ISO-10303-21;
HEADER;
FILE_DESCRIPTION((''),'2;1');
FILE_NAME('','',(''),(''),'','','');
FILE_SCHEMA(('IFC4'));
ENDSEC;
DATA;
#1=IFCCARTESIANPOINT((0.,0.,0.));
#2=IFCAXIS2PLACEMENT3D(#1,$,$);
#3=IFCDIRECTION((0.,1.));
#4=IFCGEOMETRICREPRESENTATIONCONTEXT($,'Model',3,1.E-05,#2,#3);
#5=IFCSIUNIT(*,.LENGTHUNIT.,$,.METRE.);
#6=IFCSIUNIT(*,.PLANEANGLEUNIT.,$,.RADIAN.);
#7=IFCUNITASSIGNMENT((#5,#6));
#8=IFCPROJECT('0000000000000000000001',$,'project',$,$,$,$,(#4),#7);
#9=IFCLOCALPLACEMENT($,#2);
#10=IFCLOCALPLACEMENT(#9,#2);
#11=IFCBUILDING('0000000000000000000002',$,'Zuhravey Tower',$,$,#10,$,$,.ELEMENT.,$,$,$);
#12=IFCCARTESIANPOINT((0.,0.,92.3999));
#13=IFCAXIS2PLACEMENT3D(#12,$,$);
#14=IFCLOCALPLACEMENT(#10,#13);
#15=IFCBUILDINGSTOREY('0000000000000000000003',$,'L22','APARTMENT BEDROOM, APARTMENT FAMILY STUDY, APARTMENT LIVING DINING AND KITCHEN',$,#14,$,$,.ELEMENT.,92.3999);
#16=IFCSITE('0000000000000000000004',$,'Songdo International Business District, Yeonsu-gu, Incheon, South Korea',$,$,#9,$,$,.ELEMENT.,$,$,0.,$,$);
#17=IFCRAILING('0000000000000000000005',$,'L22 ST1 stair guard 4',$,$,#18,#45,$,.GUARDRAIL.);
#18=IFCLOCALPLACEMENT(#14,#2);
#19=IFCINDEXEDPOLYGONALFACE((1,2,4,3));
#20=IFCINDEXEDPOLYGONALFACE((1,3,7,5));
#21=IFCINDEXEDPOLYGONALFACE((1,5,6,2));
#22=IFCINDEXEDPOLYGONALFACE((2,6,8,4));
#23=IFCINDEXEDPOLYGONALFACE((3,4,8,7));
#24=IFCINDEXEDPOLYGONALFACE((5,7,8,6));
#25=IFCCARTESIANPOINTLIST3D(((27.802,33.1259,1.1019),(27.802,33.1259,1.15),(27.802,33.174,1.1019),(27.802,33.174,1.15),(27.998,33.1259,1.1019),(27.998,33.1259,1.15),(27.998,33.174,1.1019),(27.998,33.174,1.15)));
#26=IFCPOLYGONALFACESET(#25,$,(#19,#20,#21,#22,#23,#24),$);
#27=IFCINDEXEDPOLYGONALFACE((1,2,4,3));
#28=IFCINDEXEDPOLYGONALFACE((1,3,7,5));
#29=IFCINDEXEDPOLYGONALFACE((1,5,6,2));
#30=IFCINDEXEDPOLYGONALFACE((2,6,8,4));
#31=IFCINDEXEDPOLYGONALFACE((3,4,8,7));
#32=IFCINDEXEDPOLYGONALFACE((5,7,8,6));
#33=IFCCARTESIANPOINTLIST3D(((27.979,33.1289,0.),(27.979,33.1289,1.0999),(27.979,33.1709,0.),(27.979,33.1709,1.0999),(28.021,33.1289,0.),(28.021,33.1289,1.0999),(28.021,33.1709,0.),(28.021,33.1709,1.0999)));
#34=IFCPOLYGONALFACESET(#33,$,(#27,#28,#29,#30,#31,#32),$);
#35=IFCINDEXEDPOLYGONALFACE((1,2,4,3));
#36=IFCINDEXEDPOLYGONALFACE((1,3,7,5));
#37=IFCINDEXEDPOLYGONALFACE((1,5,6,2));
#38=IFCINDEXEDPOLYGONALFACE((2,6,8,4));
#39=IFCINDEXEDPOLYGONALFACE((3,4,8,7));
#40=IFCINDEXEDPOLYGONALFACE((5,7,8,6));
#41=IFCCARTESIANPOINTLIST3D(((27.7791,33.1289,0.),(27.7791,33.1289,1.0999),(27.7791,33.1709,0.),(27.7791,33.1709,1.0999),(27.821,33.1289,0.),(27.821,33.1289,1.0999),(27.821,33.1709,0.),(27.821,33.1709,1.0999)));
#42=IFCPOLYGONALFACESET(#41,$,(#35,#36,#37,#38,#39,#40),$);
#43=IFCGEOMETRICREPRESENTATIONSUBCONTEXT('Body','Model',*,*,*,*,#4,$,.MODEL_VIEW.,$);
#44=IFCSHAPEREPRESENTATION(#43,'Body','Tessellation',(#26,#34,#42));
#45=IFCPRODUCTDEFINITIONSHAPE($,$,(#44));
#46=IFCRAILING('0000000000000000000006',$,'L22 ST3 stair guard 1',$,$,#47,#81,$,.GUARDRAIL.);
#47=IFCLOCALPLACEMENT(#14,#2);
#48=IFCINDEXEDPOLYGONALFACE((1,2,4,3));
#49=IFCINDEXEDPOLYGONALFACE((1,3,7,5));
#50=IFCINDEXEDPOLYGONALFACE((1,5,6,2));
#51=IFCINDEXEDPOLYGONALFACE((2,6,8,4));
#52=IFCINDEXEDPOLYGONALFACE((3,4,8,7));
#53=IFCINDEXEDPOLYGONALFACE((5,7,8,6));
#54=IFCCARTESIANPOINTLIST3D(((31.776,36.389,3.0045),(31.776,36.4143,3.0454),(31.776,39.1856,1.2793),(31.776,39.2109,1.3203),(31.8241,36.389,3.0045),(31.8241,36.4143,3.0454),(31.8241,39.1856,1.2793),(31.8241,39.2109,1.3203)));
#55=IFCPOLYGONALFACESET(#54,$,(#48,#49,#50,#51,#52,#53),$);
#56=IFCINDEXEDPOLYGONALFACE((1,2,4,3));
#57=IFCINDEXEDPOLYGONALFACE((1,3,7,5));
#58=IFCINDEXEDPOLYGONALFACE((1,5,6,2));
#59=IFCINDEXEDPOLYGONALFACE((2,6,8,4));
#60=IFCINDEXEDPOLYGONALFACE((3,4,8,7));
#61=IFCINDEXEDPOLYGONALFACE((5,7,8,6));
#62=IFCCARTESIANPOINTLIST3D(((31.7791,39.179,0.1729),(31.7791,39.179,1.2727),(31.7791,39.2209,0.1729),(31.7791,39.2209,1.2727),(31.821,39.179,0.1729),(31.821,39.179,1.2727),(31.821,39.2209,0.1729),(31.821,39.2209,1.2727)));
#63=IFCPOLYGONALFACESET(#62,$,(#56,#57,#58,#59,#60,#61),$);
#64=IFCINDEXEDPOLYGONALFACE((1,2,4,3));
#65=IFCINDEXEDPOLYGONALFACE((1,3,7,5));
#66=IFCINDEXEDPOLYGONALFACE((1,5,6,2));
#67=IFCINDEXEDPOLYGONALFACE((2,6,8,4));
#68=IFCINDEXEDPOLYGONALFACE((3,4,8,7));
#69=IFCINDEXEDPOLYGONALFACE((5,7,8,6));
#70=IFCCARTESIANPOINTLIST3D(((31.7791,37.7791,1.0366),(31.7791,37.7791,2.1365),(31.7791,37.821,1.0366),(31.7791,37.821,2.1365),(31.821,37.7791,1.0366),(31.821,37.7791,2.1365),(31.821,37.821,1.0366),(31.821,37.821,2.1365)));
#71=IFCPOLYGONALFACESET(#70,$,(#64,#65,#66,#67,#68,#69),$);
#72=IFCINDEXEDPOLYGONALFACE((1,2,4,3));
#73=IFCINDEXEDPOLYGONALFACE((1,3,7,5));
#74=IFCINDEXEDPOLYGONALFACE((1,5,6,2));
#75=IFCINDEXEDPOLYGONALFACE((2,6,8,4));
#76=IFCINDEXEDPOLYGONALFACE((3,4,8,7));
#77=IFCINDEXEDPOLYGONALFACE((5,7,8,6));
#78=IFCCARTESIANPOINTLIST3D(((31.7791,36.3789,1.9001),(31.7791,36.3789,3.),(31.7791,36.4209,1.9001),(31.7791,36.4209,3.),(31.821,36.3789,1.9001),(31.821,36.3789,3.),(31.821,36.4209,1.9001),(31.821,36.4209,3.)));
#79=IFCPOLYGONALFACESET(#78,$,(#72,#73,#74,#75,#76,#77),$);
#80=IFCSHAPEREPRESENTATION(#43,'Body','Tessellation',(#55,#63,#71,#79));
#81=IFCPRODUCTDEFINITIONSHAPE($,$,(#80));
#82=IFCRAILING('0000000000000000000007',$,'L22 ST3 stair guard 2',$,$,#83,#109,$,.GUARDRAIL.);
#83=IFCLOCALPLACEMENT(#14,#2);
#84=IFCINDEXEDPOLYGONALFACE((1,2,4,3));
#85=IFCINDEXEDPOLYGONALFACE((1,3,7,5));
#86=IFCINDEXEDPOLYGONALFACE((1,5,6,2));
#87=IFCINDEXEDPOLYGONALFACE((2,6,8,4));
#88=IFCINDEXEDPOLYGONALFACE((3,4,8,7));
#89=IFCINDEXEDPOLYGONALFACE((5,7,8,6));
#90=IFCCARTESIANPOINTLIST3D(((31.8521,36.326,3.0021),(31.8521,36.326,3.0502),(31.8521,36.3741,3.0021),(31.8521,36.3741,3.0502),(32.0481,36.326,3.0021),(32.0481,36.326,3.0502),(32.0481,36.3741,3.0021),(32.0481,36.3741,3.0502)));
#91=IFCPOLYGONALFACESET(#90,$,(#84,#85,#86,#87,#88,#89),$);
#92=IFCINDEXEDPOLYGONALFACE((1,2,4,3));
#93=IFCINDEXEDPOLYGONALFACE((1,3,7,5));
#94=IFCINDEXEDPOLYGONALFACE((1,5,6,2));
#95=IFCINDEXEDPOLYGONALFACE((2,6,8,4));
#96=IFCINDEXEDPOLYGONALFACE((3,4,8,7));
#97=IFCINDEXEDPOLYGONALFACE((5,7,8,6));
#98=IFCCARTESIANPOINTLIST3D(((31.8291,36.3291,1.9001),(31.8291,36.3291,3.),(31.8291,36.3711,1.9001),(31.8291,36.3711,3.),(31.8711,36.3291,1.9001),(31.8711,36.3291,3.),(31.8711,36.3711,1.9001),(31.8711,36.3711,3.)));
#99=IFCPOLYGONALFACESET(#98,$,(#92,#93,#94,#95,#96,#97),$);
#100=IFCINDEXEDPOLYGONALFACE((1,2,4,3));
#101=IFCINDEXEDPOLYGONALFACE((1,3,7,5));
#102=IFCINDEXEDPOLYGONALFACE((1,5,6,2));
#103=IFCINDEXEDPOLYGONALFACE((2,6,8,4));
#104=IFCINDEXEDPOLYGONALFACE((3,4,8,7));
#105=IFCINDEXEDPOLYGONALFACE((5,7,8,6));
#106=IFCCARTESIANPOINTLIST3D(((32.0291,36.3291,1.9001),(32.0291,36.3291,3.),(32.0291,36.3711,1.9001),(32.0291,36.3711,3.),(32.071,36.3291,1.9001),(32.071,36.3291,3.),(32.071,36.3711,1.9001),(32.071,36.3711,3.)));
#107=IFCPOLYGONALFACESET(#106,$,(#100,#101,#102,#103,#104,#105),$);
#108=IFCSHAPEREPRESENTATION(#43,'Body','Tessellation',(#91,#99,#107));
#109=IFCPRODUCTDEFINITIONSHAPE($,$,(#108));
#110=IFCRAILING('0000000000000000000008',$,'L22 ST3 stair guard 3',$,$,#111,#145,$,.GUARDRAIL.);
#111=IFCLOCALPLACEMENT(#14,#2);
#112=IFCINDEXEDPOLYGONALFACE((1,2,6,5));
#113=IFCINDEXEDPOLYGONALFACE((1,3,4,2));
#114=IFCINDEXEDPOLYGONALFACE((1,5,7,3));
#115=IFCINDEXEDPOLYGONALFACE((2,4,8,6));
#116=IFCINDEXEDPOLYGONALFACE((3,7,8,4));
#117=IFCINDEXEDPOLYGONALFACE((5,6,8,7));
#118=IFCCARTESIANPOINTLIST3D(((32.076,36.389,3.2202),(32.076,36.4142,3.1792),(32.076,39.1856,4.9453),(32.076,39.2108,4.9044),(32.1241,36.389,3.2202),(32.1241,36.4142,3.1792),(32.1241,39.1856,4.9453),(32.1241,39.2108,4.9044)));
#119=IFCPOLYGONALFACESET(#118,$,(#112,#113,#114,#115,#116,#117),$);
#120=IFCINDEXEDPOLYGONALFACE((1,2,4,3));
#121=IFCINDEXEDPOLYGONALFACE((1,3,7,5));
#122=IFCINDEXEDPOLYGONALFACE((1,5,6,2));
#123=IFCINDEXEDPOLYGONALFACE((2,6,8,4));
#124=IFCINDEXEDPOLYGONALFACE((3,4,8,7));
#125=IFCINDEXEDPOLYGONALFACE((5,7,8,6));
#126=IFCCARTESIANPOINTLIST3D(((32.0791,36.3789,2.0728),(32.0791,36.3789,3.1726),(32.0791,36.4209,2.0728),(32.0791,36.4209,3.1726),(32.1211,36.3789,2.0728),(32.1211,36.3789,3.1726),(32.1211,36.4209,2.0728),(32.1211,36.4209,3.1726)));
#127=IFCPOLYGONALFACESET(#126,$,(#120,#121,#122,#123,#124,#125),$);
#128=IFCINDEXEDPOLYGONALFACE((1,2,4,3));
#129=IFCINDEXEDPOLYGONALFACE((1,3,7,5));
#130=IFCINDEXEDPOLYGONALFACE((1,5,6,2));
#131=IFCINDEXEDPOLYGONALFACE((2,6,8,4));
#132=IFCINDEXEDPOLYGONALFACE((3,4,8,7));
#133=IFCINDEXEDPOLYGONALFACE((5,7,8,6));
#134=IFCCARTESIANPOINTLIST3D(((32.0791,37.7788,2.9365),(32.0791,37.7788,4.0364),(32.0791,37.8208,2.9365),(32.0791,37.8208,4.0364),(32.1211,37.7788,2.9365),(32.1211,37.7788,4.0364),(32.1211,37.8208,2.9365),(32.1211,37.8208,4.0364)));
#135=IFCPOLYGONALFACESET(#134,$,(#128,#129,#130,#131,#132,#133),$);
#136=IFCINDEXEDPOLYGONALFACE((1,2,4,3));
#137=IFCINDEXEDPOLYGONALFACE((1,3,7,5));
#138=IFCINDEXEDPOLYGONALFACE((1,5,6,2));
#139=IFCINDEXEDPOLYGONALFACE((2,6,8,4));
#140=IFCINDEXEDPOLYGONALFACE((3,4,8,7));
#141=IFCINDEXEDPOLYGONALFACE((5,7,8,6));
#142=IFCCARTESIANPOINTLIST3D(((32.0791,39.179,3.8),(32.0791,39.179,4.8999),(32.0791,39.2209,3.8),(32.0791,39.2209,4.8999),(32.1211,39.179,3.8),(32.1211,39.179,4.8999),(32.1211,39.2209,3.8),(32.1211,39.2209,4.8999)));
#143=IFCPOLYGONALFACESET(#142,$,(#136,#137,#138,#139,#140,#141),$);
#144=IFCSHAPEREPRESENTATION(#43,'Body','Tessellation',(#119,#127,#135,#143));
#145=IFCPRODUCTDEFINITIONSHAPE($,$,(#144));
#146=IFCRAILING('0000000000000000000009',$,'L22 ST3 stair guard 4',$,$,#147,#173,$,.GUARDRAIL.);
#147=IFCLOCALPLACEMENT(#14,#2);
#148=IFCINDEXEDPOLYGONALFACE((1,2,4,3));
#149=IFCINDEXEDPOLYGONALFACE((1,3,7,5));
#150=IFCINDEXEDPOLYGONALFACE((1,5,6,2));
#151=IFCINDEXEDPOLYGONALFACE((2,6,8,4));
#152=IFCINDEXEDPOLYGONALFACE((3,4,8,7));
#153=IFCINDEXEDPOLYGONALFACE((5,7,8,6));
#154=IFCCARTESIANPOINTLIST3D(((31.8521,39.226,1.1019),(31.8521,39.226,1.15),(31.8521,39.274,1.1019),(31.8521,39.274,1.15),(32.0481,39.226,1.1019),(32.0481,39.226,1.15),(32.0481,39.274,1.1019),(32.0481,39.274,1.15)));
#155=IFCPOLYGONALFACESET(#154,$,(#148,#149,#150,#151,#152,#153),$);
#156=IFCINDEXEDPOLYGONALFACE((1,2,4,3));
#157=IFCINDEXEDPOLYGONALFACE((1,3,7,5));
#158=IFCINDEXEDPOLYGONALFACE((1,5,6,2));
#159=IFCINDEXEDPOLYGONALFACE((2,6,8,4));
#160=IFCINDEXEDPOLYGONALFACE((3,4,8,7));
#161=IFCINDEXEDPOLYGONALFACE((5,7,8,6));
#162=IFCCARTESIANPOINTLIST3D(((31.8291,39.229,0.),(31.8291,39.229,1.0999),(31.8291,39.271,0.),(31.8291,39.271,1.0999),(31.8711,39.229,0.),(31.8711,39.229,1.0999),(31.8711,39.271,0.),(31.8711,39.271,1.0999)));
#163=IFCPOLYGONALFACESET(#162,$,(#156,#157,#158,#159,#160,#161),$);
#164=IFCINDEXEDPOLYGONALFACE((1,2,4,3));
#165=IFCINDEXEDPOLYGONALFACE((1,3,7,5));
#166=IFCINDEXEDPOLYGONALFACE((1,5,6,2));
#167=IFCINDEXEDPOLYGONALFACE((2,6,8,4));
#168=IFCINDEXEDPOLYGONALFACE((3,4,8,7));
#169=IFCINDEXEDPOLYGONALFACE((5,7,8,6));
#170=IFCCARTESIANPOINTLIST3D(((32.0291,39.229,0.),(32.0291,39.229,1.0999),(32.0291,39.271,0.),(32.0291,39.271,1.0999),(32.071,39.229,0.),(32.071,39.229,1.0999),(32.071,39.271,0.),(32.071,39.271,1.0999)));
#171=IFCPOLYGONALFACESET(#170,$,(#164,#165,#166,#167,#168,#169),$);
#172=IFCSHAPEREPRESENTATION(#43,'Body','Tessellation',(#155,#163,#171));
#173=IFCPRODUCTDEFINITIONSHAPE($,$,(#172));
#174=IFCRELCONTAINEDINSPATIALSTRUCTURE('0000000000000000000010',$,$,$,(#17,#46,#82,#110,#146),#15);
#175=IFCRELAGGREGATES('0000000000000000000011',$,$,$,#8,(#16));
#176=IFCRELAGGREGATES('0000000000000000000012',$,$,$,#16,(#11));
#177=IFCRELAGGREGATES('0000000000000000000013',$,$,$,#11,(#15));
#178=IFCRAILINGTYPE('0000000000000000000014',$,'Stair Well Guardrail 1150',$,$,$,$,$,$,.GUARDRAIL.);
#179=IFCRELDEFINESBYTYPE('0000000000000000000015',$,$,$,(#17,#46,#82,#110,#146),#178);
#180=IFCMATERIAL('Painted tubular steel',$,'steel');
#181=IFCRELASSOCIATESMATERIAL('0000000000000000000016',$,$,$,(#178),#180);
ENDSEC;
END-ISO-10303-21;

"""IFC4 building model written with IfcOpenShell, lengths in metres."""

from ifc_helpers import new_model, si_unit, direction, frame, origin, origin_2d, place, context, subcontext, project, spatial, rectangle, extrude, material, type_object, element, save


model = new_model("IFC4")

# Units and contexts
model_context = context("Model", 3, precision=1e-05, world=origin(), true_north=direction((0.0, 1.0)))
body_context = subcontext(model_context, "Body", "Model", "MODEL_VIEW")
ifc_project = project(units=[si_unit("LENGTHUNIT", "METRE"), si_unit("PLANEANGLEUNIT", "RADIAN")], contexts=[model_context])

# Site, building, storey
site_placement = place(None, origin())
site = spatial("IfcSite", under=ifc_project, at=site_placement, Name="Songdo International Business District, Yeonsu-gu, Incheon, South Korea", CompositionType="ELEMENT", RefElevation=0.0)
building_placement = place(site_placement, origin())
building = spatial("IfcBuilding", under=site, at=building_placement, Name="Zuhravey Tower", CompositionType="ELEMENT")
storey_placement = place(building_placement, frame((0.0, 0.0, 92.3999)))
storey = spatial("IfcBuildingStorey", under=building, at=storey_placement, Name="L22", Description="APARTMENT BEDROOM, APARTMENT FAMILY STUDY, APARTMENT LIVING DINING AND KITCHEN", CompositionType="ELEMENT", Elevation=92.3999)

# Railings
ifc_material_1 = material(Name="Painted tubular steel", Category="steel")
railing_type_1 = type_object("IfcRailingType", Name="Stair Well Guardrail 1150", PredefinedType="GUARDRAIL", material=ifc_material_1)
railing_1_placement = place(storey_placement, frame((28.0, 33.1499, 0.0)))
element("IfcRailing", 1, at=railing_1_placement, inside=storey, type_object=railing_type_1, Name="L22 ST1 stair guard 4", PredefinedType="GUARDRAIL", context=body_context, shape_type="SweptSolid", body=[
    extrude(rectangle(XDim=0.0481, YDim=0.0481, at=origin_2d()), frame((-0.002, 0.0, 1.126), z_axis=(-1.0, 0.0, 0.0), x_axis=(0.0, -1.0, 0.0)), (0.0, 0.0, 1.0), 0.196),
    extrude(rectangle(XDim=0.042, YDim=0.042, at=origin_2d()), origin(), (0.0, 0.0, 1.0), 1.0999),
    extrude(rectangle(XDim=0.042, YDim=0.042, at=origin_2d()), frame((-0.2, 0.0, 0.0)), (0.0, 0.0, 1.0), 1.0999),
])
railing_2_placement = place(storey_placement, frame((31.8, 39.2, 0.1729)))
element("IfcRailing", 2, at=railing_2_placement, inside=storey, type_object=railing_type_1, Name="L22 ST3 stair guard 1", PredefinedType="GUARDRAIL", context=body_context, shape_type="SweptSolid", body=[
    extrude(rectangle(XDim=0.0481, YDim=0.0481, at=origin_2d()), frame((0.0, -0.0017, 1.127), z_axis=(0.0, -0.85109, 0.52502), x_axis=(1.0, 0.0, 0.0)), (0.0, 0.0, 1.0), 3.2859),
    extrude(rectangle(XDim=0.042, YDim=0.042, at=origin_2d()), origin(), (0.0, 0.0, 1.0), 1.0999),
    extrude(rectangle(XDim=0.042, YDim=0.042, at=origin_2d()), frame((0.0, -1.3999, 0.8638)), (0.0, 0.0, 1.0), 1.0999),
    extrude(rectangle(XDim=0.042, YDim=0.042, at=origin_2d()), frame((0.0, -2.8, 1.7273)), (0.0, 0.0, 1.0), 1.0999),
])
railing_3_placement = place(storey_placement, frame((31.8501, 36.3501, 1.9001)))
element("IfcRailing", 3, at=railing_3_placement, inside=storey, type_object=railing_type_1, Name="L22 ST3 stair guard 2", PredefinedType="GUARDRAIL", context=body_context, shape_type="SweptSolid", body=[
    extrude(rectangle(XDim=0.0481, YDim=0.0481, at=origin_2d()), frame((0.002, 0.0, 1.126), z_axis=(1.0, 0.0, 0.0), x_axis=(0.0, 1.0, 0.0)), (0.0, 0.0, 1.0), 0.196),
    extrude(rectangle(XDim=0.042, YDim=0.042, at=origin_2d()), origin(), (0.0, 0.0, 1.0), 1.0999),
    extrude(rectangle(XDim=0.042, YDim=0.042, at=origin_2d()), frame((0.2, 0.0, 0.0)), (0.0, 0.0, 1.0), 1.0999),
])
railing_4_placement = place(storey_placement, frame((32.1001, 36.3999, 2.0728)))
element("IfcRailing", 4, at=railing_4_placement, inside=storey, type_object=railing_type_1, Name="L22 ST3 stair guard 3", PredefinedType="GUARDRAIL", context=body_context, shape_type="SweptSolid", body=[
    extrude(rectangle(XDim=0.0481, YDim=0.0481, at=origin_2d()), frame((0.0, 0.0017, 1.127), z_axis=(0.0, 0.85109, 0.52502), x_axis=(-1.0, 0.0, 0.0)), (0.0, 0.0, 1.0), 3.2859),
    extrude(rectangle(XDim=0.042, YDim=0.042, at=origin_2d()), origin(), (0.0, 0.0, 1.0), 1.0999),
    extrude(rectangle(XDim=0.042, YDim=0.042, at=origin_2d()), frame((0.0, 1.3999, 0.8638)), (0.0, 0.0, 1.0), 1.0999),
    extrude(rectangle(XDim=0.042, YDim=0.042, at=origin_2d()), frame((0.0, 2.8, 1.7273)), (0.0, 0.0, 1.0), 1.0999),
])
railing_5_placement = place(storey_placement, frame((31.8501, 39.25, 0.0)))
element("IfcRailing", 5, at=railing_5_placement, inside=storey, type_object=railing_type_1, Name="L22 ST3 stair guard 4", PredefinedType="GUARDRAIL", context=body_context, shape_type="SweptSolid", body=[
    extrude(rectangle(XDim=0.0481, YDim=0.0481, at=origin_2d()), frame((0.002, 0.0, 1.126), z_axis=(1.0, 0.0, 0.0), x_axis=(0.0, 1.0, 0.0)), (0.0, 0.0, 1.0), 0.196),
    extrude(rectangle(XDim=0.042, YDim=0.042, at=origin_2d()), origin(), (0.0, 0.0, 1.0), 1.0999),
    extrude(rectangle(XDim=0.042, YDim=0.042, at=origin_2d()), frame((0.2, 0.0, 0.0)), (0.0, 0.0, 1.0), 1.0999),
])

save(model, "model.ifc")
